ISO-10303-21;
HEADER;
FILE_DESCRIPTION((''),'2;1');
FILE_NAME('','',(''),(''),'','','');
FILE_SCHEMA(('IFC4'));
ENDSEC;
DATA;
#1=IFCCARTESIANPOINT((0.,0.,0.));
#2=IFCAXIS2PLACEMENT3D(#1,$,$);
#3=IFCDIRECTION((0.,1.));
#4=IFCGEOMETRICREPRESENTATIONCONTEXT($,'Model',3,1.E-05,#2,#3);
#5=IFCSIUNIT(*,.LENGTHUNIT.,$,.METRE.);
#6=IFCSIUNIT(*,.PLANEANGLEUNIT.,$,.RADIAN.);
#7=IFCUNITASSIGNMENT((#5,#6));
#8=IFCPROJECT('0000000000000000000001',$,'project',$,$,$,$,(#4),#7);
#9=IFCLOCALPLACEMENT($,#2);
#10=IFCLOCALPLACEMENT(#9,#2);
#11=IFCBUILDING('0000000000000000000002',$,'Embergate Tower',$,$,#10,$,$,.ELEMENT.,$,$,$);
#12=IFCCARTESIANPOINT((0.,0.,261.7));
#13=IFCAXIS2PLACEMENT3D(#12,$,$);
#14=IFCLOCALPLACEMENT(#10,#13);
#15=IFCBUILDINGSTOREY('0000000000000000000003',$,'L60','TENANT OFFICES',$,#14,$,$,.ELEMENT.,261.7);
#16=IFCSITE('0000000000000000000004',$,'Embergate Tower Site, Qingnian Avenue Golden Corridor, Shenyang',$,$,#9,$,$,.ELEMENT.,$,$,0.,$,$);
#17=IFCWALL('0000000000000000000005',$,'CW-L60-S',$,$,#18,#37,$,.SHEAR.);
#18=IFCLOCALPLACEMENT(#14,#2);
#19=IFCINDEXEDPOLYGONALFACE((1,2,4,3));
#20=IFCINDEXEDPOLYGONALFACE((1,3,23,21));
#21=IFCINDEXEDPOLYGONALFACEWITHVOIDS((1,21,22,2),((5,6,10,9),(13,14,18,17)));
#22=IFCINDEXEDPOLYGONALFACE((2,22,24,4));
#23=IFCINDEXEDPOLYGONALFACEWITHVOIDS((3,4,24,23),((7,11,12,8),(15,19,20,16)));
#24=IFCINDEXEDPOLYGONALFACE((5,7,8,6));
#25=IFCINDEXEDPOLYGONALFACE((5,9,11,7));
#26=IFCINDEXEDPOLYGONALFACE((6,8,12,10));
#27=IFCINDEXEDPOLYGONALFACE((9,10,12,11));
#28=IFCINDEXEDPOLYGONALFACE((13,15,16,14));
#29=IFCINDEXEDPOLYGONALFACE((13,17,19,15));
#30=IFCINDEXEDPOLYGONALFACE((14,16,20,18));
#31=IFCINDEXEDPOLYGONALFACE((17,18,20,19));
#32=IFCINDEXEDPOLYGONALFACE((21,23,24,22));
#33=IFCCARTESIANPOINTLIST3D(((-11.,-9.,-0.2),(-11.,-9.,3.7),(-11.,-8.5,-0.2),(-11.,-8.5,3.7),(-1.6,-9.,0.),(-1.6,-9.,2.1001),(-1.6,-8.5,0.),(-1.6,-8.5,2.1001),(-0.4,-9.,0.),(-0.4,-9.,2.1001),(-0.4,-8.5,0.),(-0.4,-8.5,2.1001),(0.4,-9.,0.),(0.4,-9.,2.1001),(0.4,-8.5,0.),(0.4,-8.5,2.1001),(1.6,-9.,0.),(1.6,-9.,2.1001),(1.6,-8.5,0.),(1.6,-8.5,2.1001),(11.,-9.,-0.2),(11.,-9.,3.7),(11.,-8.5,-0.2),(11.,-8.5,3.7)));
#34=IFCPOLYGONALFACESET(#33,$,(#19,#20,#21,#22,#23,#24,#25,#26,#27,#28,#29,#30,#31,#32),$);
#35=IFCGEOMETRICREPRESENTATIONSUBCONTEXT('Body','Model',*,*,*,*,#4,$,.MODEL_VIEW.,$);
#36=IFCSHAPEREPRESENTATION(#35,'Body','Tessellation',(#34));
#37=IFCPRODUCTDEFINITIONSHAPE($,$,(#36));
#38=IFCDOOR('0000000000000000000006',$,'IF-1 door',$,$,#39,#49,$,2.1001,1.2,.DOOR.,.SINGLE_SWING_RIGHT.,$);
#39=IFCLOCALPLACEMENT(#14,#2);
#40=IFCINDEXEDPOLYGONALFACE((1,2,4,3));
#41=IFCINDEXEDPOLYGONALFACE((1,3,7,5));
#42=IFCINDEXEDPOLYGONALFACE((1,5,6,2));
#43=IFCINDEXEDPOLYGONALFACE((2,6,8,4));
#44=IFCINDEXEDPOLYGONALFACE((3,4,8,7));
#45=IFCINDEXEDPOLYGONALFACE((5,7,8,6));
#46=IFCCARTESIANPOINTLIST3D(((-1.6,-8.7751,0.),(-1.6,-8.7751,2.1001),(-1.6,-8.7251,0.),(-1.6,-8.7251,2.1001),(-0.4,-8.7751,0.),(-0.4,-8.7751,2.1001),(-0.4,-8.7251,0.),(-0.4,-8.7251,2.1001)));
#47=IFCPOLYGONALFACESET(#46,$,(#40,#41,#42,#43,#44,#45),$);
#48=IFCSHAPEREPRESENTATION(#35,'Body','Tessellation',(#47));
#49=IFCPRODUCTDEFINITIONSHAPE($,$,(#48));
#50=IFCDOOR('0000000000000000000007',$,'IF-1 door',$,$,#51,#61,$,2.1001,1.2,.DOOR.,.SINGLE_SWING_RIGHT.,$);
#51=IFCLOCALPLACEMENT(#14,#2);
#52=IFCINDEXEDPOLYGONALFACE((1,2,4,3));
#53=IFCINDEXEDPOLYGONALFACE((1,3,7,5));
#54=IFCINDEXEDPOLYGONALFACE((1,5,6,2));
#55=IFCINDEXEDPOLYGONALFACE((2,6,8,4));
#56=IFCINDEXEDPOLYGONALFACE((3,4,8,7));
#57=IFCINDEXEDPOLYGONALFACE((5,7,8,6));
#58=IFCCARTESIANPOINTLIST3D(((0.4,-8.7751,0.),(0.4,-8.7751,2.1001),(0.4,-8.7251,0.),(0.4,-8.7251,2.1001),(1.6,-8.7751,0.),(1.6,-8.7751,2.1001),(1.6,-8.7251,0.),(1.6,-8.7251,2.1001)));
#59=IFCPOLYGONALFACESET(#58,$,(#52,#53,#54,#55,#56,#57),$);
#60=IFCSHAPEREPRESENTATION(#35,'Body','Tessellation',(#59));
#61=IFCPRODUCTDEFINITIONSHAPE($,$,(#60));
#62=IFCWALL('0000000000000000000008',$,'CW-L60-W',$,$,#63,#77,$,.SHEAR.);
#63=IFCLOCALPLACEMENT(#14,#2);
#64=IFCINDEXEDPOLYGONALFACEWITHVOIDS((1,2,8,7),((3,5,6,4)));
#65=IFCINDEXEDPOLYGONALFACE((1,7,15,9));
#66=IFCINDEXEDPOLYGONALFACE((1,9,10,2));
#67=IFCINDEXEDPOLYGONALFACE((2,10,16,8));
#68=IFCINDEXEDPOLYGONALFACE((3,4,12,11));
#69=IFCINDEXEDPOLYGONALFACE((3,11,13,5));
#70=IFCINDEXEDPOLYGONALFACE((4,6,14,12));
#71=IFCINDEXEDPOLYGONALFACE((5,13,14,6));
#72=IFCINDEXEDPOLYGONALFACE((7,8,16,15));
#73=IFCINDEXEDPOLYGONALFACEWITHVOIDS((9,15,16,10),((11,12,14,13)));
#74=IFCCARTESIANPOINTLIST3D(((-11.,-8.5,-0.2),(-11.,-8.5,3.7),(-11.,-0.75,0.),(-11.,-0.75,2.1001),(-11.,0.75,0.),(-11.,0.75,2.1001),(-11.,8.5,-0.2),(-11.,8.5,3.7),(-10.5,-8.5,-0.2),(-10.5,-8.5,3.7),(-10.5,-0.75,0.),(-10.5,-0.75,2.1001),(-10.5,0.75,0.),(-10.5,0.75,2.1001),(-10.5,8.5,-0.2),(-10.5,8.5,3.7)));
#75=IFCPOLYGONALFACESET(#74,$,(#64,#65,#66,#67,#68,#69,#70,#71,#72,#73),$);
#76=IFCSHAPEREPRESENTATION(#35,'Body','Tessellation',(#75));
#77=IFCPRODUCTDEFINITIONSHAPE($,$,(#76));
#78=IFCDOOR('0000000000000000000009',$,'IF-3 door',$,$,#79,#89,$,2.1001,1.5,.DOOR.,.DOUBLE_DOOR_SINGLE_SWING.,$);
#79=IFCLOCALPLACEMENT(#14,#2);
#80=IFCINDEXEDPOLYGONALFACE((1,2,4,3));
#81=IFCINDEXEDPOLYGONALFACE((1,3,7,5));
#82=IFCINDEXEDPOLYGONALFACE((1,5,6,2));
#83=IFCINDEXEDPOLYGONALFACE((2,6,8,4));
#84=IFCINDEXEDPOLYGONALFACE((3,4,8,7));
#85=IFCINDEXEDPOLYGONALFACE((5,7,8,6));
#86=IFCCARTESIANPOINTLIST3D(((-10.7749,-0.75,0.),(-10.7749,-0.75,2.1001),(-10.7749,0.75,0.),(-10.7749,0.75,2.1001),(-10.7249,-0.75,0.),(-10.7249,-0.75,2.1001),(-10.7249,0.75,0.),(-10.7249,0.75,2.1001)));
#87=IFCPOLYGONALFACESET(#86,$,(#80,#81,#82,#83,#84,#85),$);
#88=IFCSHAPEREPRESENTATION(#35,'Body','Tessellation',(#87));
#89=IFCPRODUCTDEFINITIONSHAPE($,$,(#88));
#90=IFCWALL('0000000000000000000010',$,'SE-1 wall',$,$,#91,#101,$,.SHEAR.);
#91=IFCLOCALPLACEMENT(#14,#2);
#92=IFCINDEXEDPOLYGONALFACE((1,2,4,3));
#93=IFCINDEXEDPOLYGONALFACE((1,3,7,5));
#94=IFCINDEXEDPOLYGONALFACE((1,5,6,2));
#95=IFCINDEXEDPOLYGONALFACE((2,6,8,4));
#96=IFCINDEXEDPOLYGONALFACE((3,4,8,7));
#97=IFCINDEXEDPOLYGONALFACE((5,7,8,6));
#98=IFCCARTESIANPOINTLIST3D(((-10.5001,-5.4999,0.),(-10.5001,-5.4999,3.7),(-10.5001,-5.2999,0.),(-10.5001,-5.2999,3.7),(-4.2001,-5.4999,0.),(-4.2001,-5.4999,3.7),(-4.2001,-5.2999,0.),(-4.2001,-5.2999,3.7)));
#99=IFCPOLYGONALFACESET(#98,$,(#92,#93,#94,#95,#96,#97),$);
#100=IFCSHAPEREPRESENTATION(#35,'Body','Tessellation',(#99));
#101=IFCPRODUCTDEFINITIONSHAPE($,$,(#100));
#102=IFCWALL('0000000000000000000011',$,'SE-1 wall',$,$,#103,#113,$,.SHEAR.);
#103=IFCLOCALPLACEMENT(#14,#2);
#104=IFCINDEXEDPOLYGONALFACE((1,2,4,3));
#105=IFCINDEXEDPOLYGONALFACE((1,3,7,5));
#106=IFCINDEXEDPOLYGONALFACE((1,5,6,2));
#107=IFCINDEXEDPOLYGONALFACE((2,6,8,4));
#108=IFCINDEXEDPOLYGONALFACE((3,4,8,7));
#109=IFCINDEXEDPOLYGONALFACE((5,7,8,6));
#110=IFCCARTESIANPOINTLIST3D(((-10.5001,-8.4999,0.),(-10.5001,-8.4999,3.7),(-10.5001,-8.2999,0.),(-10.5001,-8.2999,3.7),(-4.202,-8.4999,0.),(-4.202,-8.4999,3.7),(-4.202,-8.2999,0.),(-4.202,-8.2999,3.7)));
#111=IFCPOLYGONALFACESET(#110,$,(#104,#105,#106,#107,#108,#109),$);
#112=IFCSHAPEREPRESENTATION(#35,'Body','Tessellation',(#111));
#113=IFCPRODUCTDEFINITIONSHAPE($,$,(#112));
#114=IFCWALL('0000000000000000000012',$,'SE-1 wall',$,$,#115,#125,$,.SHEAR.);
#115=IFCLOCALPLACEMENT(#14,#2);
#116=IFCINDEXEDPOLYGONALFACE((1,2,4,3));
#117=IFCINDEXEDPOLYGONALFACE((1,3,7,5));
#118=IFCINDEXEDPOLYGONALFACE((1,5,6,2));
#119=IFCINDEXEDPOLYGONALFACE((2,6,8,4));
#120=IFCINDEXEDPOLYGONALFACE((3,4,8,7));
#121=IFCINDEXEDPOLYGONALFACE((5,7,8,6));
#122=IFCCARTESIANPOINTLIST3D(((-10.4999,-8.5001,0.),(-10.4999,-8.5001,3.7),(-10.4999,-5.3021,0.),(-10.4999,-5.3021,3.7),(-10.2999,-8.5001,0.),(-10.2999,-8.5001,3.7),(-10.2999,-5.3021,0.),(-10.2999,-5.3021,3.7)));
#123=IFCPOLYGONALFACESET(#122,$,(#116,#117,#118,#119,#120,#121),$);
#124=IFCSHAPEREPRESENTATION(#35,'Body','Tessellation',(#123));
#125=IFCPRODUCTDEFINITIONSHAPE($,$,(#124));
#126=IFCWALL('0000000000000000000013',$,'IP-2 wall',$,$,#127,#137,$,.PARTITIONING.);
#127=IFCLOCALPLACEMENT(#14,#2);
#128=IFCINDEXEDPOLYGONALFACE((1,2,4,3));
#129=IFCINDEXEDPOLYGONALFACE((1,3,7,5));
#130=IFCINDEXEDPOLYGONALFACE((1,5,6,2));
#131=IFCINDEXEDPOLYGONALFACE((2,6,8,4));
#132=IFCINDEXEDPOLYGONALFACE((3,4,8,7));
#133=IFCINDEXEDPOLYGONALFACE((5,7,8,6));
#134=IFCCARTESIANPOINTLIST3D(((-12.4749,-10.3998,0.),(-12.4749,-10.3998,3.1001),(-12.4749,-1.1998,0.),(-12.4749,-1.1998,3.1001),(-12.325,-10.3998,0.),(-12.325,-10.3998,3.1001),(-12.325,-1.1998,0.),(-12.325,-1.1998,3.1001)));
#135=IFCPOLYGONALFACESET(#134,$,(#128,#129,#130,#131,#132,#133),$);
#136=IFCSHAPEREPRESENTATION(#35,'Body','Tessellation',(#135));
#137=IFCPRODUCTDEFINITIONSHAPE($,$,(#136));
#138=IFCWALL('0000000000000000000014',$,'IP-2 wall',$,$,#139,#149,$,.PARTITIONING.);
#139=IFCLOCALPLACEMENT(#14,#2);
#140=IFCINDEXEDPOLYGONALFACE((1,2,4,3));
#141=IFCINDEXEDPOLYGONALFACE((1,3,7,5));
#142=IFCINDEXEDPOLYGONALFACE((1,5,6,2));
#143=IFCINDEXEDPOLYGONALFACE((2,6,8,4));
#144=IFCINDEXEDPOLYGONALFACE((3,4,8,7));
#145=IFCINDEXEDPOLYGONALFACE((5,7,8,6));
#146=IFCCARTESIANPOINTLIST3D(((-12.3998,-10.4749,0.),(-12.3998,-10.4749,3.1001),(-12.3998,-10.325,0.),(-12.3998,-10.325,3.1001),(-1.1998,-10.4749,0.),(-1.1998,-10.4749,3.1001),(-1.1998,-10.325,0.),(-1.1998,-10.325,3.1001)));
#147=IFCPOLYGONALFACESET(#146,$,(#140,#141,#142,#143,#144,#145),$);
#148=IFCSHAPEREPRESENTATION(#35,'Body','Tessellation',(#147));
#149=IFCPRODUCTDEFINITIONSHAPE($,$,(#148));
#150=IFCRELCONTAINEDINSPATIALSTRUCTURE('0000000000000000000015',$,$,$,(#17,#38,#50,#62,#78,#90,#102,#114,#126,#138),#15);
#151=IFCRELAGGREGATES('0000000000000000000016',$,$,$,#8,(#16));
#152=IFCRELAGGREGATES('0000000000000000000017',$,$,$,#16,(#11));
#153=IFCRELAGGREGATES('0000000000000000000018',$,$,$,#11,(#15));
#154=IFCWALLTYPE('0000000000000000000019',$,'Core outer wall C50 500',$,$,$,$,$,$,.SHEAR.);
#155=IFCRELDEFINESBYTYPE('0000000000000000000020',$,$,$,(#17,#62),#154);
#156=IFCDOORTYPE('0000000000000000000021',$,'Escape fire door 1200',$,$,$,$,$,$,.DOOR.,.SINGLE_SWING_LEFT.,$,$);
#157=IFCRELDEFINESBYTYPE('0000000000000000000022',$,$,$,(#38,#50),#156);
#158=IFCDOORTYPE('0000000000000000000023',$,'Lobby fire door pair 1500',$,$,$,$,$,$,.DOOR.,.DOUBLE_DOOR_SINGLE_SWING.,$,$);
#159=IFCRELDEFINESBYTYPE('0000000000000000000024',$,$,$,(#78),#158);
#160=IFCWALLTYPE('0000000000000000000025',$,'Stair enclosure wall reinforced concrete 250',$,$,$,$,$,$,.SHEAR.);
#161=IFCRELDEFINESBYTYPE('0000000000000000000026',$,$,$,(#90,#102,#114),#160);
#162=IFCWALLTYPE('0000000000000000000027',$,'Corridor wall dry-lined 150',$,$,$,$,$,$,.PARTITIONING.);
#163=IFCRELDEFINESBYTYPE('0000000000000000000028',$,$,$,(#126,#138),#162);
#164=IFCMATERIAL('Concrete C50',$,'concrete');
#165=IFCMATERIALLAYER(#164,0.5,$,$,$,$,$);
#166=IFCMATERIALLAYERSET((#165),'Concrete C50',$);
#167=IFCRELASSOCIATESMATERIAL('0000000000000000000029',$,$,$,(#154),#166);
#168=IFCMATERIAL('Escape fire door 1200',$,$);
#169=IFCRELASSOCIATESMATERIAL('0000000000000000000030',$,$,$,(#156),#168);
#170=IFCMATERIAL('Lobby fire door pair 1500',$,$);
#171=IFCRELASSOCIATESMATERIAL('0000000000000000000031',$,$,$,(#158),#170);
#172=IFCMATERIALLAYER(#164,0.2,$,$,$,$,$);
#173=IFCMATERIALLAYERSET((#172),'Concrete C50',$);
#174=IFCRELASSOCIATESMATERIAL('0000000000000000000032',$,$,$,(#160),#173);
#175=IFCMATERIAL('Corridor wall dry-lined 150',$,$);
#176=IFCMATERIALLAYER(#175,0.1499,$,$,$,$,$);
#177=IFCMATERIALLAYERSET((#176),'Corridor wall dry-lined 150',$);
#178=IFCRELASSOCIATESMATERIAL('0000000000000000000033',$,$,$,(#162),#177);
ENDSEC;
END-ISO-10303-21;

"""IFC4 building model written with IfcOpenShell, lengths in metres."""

from ifc_helpers import new_model, si_unit, direction, frame, frame_2d, origin, place, context, subcontext, project, spatial, rectangle, extrude, source, transform, mapped, material, layer, layer_set, type_object, element, fill, save


model = new_model("IFC4")

# Units and contexts
model_context = context("Model", 3, precision=1e-05, world=origin(), true_north=direction((0.0, 1.0)))
body_context = subcontext(model_context, "Body", "Model", "MODEL_VIEW")
ifc_project = project(units=[si_unit("LENGTHUNIT", "METRE"), si_unit("PLANEANGLEUNIT", "RADIAN")], contexts=[model_context])

# Site, building, storey
site_placement = place(None, origin())
site = spatial("IfcSite", under=ifc_project, at=site_placement, Name="Embergate Tower Site, Qingnian Avenue Golden Corridor, Shenyang", CompositionType="ELEMENT", RefElevation=0.0)
building_placement = place(site_placement, origin())
building = spatial("IfcBuilding", under=site, at=building_placement, Name="Embergate Tower", CompositionType="ELEMENT")
storey_placement = place(building_placement, frame((0.0, 0.0, 261.7)))
storey = spatial("IfcBuildingStorey", under=building, at=storey_placement, Name="L60", Description="TENANT OFFICES", CompositionType="ELEMENT", Elevation=261.7)

# Wall, openings, doors
ifc_material_1 = material(Name="Concrete C50", Category="concrete")
ifc_layer_1 = layer(ifc_material_1, 0.5)
ifc_layer_set_1 = layer_set([ifc_layer_1], Name="Concrete C50")
wall_type_1 = type_object("IfcWallType", Name="Core outer wall C50 500", PredefinedType="SHEAR", material=ifc_layer_set_1)
shared_shape_1 = source(origin(), body_context, "Body", "SweptSolid", [
    extrude(rectangle(XDim=22.0, YDim=0.5, at=frame_2d((11.0, 0.0))), origin(), (0.0, 0.0, 1.0), 3.8999),
])
wall_1_placement = place(storey_placement, frame((-11.0, -8.75, -0.2), z_axis=(0.0, 0.0, 1.0), x_axis=(1.0, 0.0, 0.0)))
wall_1 = element("IfcWall", 1, at=wall_1_placement, inside=storey, type_object=wall_type_1, Name="CW-L60-S", PredefinedType="SHEAR", context=body_context, shape_type="MappedRepresentation", body=[
    mapped(shared_shape_1, transform((0.0, 0.0, 0.0))),
])
shared_shape_2 = source(origin(), body_context, "Body", "SweptSolid", [
    extrude(rectangle(XDim=1.2, YDim=2.1001, at=frame_2d((0.6001, 1.05))), frame((0.0, 0.26, 0.0), z_axis=(0.0, -1.0, 0.0), x_axis=(1.0, 0.0, 0.0)), (0.0, 0.0, 1.0), 0.52),
])
opening_1_placement = place(wall_1_placement, frame((9.3999, 0.0, 0.2)))
opening_1 = element("IfcOpeningElement", 2, at=opening_1_placement, cuts=wall_1, PredefinedType="OPENING", context=body_context, shape_type="MappedRepresentation", body=[
    mapped(shared_shape_2, transform((0.0, 0.0, 0.0))),
])
opening_2_placement = place(wall_1_placement, frame((11.3999, 0.0, 0.2)))
opening_2 = element("IfcOpeningElement", 3, at=opening_2_placement, cuts=wall_1, PredefinedType="OPENING", context=body_context, shape_type="MappedRepresentation", body=[
    mapped(shared_shape_2, transform((0.0, 0.0, 0.0))),
])
ifc_material_2 = material(Name="Escape fire door 1200")
door_type_1 = type_object("IfcDoorType", Name="Escape fire door 1200", OperationType="SINGLE_SWING_LEFT", PredefinedType="DOOR", material=ifc_material_2)
shared_shape_3 = source(origin(), body_context, "Body", "SweptSolid", [
    extrude(rectangle(XDim=1.2, YDim=2.1001, at=frame_2d((0.6001, 1.05))), frame((0.0, 0.0249, 0.0), z_axis=(0.0, -1.0, 0.0), x_axis=(1.0, 0.0, 0.0)), (0.0, 0.0, 1.0), 0.05),
])
door_1_placement = place(opening_1_placement, origin())
door_1 = element("IfcDoor", 4, at=door_1_placement, inside=storey, type_object=door_type_1, Name="IF-1 door", OperationType="SINGLE_SWING_RIGHT", OverallHeight=2.1001, OverallWidth=1.2, PredefinedType="DOOR", context=body_context, shape_type="MappedRepresentation", body=[
    mapped(shared_shape_3, transform((0.0, 0.0, 0.0))),
])
fill(opening_1, door_1)
door_2_placement = place(opening_2_placement, origin())
door_2 = element("IfcDoor", 5, at=door_2_placement, inside=storey, type_object=door_type_1, Name="IF-1 door", OperationType="SINGLE_SWING_RIGHT", OverallHeight=2.1001, OverallWidth=1.2, PredefinedType="DOOR", context=body_context, shape_type="MappedRepresentation", body=[
    mapped(shared_shape_3, transform((0.0, 0.0, 0.0))),
])
fill(opening_2, door_2)

# Wall, opening, door
shared_shape_4 = source(origin(), body_context, "Body", "SweptSolid", [
    extrude(rectangle(XDim=17.0, YDim=0.5, at=frame_2d((8.5, 0.0))), origin(), (0.0, 0.0, 1.0), 3.8999),
])
wall_2_placement = place(storey_placement, frame((-10.75, -8.5, -0.2), z_axis=(0.0, 0.0, 1.0), x_axis=(0.0, 1.0, 0.0)))
wall_2 = element("IfcWall", 6, at=wall_2_placement, inside=storey, type_object=wall_type_1, Name="CW-L60-W", PredefinedType="SHEAR", context=body_context, shape_type="MappedRepresentation", body=[
    mapped(shared_shape_4, transform((0.0, 0.0, 0.0))),
])
shared_shape_5 = source(origin(), body_context, "Body", "SweptSolid", [
    extrude(rectangle(XDim=1.5, YDim=2.1001, at=frame_2d((0.75, 1.05))), frame((0.0, 0.26, 0.0), z_axis=(0.0, -1.0, 0.0), x_axis=(1.0, 0.0, 0.0)), (0.0, 0.0, 1.0), 0.52),
])
opening_3_placement = place(wall_2_placement, frame((7.75, 0.0, 0.2)))
opening_3 = element("IfcOpeningElement", 7, at=opening_3_placement, cuts=wall_2, PredefinedType="OPENING", context=body_context, shape_type="MappedRepresentation", body=[
    mapped(shared_shape_5, transform((0.0, 0.0, 0.0))),
])
ifc_material_3 = material(Name="Lobby fire door pair 1500")
door_type_2 = type_object("IfcDoorType", Name="Lobby fire door pair 1500", OperationType="DOUBLE_DOOR_SINGLE_SWING", PredefinedType="DOOR", material=ifc_material_3)
shared_shape_6 = source(origin(), body_context, "Body", "SweptSolid", [
    extrude(rectangle(XDim=1.5, YDim=2.1001, at=frame_2d((0.75, 1.05))), frame((0.0, 0.0249, 0.0), z_axis=(0.0, -1.0, 0.0), x_axis=(1.0, 0.0, 0.0)), (0.0, 0.0, 1.0), 0.05),
])
door_3_placement = place(opening_3_placement, origin())
door_3 = element("IfcDoor", 8, at=door_3_placement, inside=storey, type_object=door_type_2, Name="IF-3 door", OperationType="DOUBLE_DOOR_SINGLE_SWING", OverallHeight=2.1001, OverallWidth=1.5, PredefinedType="DOOR", context=body_context, shape_type="MappedRepresentation", body=[
    mapped(shared_shape_6, transform((0.0, 0.0, 0.0))),
])
fill(opening_3, door_3)

# Walls
ifc_layer_2 = layer(ifc_material_1, 0.2)
ifc_layer_set_2 = layer_set([ifc_layer_2], Name="Concrete C50")
wall_type_2 = type_object("IfcWallType", Name="Stair enclosure wall reinforced concrete 250", PredefinedType="SHEAR", material=ifc_layer_set_2)
shared_shape_7 = source(origin(), body_context, "Body", "SweptSolid", [
    extrude(rectangle(XDim=6.3, YDim=0.2, at=frame_2d((3.1499, 0.0))), origin(), (0.0, 0.0, 1.0), 3.7),
])
wall_3_placement = place(storey_placement, frame((-10.5, -5.3999, 0.0), z_axis=(0.0, 0.0, 1.0), x_axis=(1.0, 0.0, 0.0)))
element("IfcWall", 9, at=wall_3_placement, inside=storey, type_object=wall_type_2, Name="SE-1 wall", PredefinedType="SHEAR", context=body_context, shape_type="MappedRepresentation", body=[
    mapped(shared_shape_7, transform((0.0, 0.0, 0.0))),
])
shared_shape_8 = source(origin(), body_context, "Body", "SweptSolid", [
    extrude(rectangle(XDim=6.2981, YDim=0.2, at=frame_2d((3.1489, 0.0))), origin(), (0.0, 0.0, 1.0), 3.7),
])
wall_4_placement = place(storey_placement, frame((-10.5, -8.3999, 0.0), z_axis=(0.0, 0.0, 1.0), x_axis=(1.0, 0.0, 0.0)))
element("IfcWall", 10, at=wall_4_placement, inside=storey, type_object=wall_type_2, Name="SE-1 wall", PredefinedType="SHEAR", context=body_context, shape_type="MappedRepresentation", body=[
    mapped(shared_shape_8, transform((0.0, 0.0, 0.0))),
])
shared_shape_9 = source(origin(), body_context, "Body", "SweptSolid", [
    extrude(rectangle(XDim=3.198, YDim=0.2, at=frame_2d((1.5991, 0.0))), origin(), (0.0, 0.0, 1.0), 3.7),
])
wall_5_placement = place(storey_placement, frame((-10.3999, -5.302, 0.0), z_axis=(0.0, 0.0, 1.0), x_axis=(0.0, -1.0, 0.0)))
element("IfcWall", 11, at=wall_5_placement, inside=storey, type_object=wall_type_2, Name="SE-1 wall", PredefinedType="SHEAR", context=body_context, shape_type="MappedRepresentation", body=[
    mapped(shared_shape_9, transform((0.0, 0.0, 0.0))),
])
ifc_material_4 = material(Name="Corridor wall dry-lined 150")
ifc_layer_3 = layer(ifc_material_4, 0.1499)
ifc_layer_set_3 = layer_set([ifc_layer_3], Name="Corridor wall dry-lined 150")
wall_type_3 = type_object("IfcWallType", Name="Corridor wall dry-lined 150", PredefinedType="PARTITIONING", material=ifc_layer_set_3)
shared_shape_10 = source(origin(), body_context, "Body", "SweptSolid", [
    extrude(rectangle(XDim=9.2, YDim=0.1499, at=frame_2d((4.6001, 0.0))), origin(), (0.0, 0.0, 1.0), 3.1001),
])
wall_6_placement = place(storey_placement, frame((-12.3999, -10.3999, 0.0), z_axis=(0.0, 0.0, 1.0), x_axis=(0.0, 1.0, 0.0)))
element("IfcWall", 12, at=wall_6_placement, inside=storey, type_object=wall_type_3, Name="IP-2 wall", PredefinedType="PARTITIONING", context=body_context, shape_type="MappedRepresentation", body=[
    mapped(shared_shape_10, transform((0.0, 0.0, 0.0))),
])
shared_shape_11 = source(origin(), body_context, "Body", "SweptSolid", [
    extrude(rectangle(XDim=11.2, YDim=0.1499, at=frame_2d((5.6001, 0.0))), origin(), (0.0, 0.0, 1.0), 3.1001),
])
wall_7_placement = place(storey_placement, frame((-12.3999, -10.3999, 0.0), z_axis=(0.0, 0.0, 1.0), x_axis=(1.0, 0.0, 0.0)))
element("IfcWall", 13, at=wall_7_placement, inside=storey, type_object=wall_type_3, Name="IP-2 wall", PredefinedType="PARTITIONING", context=body_context, shape_type="MappedRepresentation", body=[
    mapped(shared_shape_11, transform((0.0, 0.0, 0.0))),
])

save(model, "model.ifc")
